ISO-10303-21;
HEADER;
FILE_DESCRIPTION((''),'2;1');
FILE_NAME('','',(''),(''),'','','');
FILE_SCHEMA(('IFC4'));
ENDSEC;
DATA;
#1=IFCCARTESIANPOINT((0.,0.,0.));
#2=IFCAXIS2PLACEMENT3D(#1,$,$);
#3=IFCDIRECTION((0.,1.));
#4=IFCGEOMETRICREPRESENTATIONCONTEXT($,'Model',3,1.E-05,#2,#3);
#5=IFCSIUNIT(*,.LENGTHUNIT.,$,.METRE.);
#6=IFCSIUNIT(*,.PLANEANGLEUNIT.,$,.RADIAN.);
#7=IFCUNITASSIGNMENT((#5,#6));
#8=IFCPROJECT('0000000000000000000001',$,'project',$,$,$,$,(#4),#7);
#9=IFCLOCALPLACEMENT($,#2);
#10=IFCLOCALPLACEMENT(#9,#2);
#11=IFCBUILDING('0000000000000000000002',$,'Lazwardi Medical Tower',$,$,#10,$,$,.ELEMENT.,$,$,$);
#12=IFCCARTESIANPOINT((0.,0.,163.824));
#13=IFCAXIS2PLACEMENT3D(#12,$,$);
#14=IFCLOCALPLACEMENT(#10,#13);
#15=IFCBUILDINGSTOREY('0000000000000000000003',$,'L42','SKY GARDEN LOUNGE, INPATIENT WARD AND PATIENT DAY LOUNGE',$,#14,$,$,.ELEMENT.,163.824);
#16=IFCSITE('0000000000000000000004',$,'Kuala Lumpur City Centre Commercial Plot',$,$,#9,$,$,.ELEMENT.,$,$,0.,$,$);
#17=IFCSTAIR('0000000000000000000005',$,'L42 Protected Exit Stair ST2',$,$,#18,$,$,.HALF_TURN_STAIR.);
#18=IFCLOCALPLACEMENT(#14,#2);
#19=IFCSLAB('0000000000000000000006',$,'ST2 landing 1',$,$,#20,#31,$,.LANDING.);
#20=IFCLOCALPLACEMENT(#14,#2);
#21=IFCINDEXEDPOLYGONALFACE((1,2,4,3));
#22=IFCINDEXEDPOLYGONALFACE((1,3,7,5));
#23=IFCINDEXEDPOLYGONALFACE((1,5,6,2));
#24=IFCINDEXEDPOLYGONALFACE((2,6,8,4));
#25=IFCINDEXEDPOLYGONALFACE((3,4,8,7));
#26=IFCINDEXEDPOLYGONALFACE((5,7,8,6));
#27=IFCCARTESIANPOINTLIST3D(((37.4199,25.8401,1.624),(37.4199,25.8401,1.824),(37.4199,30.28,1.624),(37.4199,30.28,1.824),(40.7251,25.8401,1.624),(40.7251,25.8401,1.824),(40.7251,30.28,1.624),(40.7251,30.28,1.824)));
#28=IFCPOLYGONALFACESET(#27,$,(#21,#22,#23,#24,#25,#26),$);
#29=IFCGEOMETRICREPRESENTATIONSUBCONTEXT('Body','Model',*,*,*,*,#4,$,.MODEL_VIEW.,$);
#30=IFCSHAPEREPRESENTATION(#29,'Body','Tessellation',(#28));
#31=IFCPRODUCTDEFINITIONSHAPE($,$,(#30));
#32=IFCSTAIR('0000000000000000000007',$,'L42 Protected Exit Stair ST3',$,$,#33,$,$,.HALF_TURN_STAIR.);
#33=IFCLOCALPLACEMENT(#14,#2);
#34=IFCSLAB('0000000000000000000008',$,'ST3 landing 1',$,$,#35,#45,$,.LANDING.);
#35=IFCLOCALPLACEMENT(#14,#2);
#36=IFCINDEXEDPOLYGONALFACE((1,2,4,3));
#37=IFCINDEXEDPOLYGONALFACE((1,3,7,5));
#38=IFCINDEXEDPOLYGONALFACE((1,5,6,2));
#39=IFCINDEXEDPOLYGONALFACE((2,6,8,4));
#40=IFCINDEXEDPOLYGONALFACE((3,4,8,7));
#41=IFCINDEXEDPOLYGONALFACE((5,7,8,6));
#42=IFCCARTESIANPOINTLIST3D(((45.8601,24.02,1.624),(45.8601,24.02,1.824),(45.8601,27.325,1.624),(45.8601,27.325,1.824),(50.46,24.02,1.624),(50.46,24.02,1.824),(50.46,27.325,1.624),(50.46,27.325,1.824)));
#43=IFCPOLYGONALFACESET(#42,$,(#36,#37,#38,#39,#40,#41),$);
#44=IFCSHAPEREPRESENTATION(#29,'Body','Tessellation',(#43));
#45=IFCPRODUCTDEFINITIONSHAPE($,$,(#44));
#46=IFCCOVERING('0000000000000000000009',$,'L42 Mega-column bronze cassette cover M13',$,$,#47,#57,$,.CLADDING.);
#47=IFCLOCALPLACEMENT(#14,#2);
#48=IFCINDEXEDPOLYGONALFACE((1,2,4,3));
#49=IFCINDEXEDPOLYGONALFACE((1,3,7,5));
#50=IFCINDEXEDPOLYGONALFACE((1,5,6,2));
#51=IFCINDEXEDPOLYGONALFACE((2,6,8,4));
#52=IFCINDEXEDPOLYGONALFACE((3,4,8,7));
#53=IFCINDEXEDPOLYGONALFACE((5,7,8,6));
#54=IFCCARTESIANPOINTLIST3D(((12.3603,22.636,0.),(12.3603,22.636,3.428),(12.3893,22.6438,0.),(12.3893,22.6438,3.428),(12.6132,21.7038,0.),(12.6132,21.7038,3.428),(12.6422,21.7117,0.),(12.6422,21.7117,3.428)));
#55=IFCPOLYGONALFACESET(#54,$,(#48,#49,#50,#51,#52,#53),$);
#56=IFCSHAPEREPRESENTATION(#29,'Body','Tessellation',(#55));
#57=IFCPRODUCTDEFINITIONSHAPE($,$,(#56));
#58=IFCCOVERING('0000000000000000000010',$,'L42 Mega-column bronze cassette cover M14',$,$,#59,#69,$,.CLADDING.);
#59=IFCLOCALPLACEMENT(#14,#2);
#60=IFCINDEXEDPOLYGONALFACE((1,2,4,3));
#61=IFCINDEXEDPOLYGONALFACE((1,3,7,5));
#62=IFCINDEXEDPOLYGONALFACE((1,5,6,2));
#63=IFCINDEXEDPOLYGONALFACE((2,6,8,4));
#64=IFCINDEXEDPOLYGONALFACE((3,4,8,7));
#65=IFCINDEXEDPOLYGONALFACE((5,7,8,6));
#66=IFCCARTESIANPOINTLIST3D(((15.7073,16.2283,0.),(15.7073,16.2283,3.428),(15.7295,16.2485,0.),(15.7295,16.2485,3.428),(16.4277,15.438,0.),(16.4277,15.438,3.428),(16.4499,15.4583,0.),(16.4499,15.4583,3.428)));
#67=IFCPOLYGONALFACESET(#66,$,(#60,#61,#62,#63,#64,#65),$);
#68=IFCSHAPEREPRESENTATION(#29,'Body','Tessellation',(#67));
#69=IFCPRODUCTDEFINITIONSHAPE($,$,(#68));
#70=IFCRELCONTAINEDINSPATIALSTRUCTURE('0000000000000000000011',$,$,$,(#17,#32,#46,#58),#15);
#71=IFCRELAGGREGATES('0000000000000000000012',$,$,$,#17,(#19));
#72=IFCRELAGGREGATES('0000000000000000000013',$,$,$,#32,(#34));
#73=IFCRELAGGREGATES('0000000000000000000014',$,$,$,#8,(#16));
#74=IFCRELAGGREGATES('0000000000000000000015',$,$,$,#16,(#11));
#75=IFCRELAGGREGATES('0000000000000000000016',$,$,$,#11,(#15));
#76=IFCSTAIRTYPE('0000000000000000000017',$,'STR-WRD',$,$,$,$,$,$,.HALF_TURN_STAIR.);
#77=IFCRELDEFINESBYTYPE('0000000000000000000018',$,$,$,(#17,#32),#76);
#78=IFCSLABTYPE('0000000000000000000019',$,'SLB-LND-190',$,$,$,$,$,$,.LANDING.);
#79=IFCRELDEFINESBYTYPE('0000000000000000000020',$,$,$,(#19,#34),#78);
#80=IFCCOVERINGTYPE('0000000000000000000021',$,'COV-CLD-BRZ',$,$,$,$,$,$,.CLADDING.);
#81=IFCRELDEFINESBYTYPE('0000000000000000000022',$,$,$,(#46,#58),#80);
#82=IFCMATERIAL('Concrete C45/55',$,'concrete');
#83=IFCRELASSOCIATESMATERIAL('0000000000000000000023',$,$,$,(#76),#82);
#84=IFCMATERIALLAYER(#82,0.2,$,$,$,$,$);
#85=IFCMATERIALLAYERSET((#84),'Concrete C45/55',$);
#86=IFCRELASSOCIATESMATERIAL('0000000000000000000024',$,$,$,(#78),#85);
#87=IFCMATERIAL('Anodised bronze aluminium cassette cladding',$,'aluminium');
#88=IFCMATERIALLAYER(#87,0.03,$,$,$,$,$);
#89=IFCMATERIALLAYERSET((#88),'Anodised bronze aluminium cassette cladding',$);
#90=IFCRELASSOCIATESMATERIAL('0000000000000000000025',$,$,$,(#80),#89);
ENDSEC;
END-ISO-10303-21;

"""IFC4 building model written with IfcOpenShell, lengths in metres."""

from ifc_helpers import new_model, si_unit, direction, frame, origin, origin_2d, place, context, subcontext, project, spatial, polyline, rectangle, outline, extrude, material, layer, layer_set, type_object, element, aggregate, save


model = new_model("IFC4")

# Units and contexts
model_context = context("Model", 3, precision=1e-05, world=origin(), true_north=direction((0.0, 1.0)))
body_context = subcontext(model_context, "Body", "Model", "MODEL_VIEW")
ifc_project = project(units=[si_unit("LENGTHUNIT", "METRE"), si_unit("PLANEANGLEUNIT", "RADIAN")], contexts=[model_context])

# Site, building, storey
site_placement = place(None, origin())
site = spatial("IfcSite", under=ifc_project, at=site_placement, Name="Kuala Lumpur City Centre Commercial Plot", CompositionType="ELEMENT", RefElevation=0.0)
building_placement = place(site_placement, origin())
building = spatial("IfcBuilding", under=site, at=building_placement, Name="Lazwardi Medical Tower", CompositionType="ELEMENT")
storey_placement = place(building_placement, frame((0.0, 0.0, 163.824)))
storey = spatial("IfcBuildingStorey", under=building, at=storey_placement, Name="L42", Description="SKY GARDEN LOUNGE, INPATIENT WARD AND PATIENT DAY LOUNGE", CompositionType="ELEMENT", Elevation=163.824)

# Stairs, slabs
ifc_material_1 = material(Name="Concrete C45/55", Category="concrete")
stair_type = type_object("IfcStairType", Name="STR-WRD", PredefinedType="HALF_TURN_STAIR", material=ifc_material_1)
stair_1_placement = place(storey_placement, origin())
stair_1 = element("IfcStair", 1, at=stair_1_placement, inside=storey, type_object=stair_type, Name="L42 Protected Exit Stair ST2", PredefinedType="HALF_TURN_STAIR")
ifc_layer_1 = layer(ifc_material_1, 0.2)
ifc_layer_set_1 = layer_set([ifc_layer_1], Name="Concrete C45/55")
slab_type = type_object("IfcSlabType", Name="SLB-LND-190", PredefinedType="LANDING", material=ifc_layer_set_1)
slab_1_placement = place(storey_placement, frame((0.0, 0.0, 1.624)))
slab_1 = element("IfcSlab", 2, at=slab_1_placement, type_object=slab_type, Name="ST2 landing 1", PredefinedType="LANDING", context=body_context, shape_type="SweptSolid", body=[
    extrude(outline(polyline([(40.7251, 30.28), (37.4199, 30.28), (37.4199, 25.8401), (40.7251, 25.8401), (40.7251, 30.28)])), origin(), (0.0, 0.0, 1.0), 0.2),
])
aggregate(stair_1, [slab_1])
stair_2_placement = place(storey_placement, origin())
stair_2 = element("IfcStair", 3, at=stair_2_placement, inside=storey, type_object=stair_type, Name="L42 Protected Exit Stair ST3", PredefinedType="HALF_TURN_STAIR")
slab_2_placement = place(storey_placement, frame((0.0, 0.0, 1.624)))
slab_2 = element("IfcSlab", 4, at=slab_2_placement, type_object=slab_type, Name="ST3 landing 1", PredefinedType="LANDING", context=body_context, shape_type="SweptSolid", body=[
    extrude(outline(polyline([(45.8601, 27.325), (45.8601, 24.02), (50.46, 24.02), (50.46, 27.325), (45.8601, 27.325)])), origin(), (0.0, 0.0, 1.0), 0.2),
])
aggregate(stair_2, [slab_2])

# Coverings
ifc_material_2 = material(Name="Anodised bronze aluminium cassette cladding", Category="aluminium")
ifc_layer_2 = layer(ifc_material_2, 0.03)
ifc_layer_set_2 = layer_set([ifc_layer_2], Name="Anodised bronze aluminium cassette cladding")
covering_type = type_object("IfcCoveringType", Name="COV-CLD-BRZ", PredefinedType="CLADDING", material=ifc_layer_set_2)
covering_1_placement = place(storey_placement, frame((12.5012, 22.1738, 0.0), z_axis=(0.0, 0.0, 1.0), x_axis=(0.261829, -0.965114, 0.0)))
element("IfcCovering", 5, at=covering_1_placement, inside=storey, type_object=covering_type, Name="L42 Mega-column bronze cassette cover M13", PredefinedType="CLADDING", context=body_context, shape_type="SweptSolid", body=[
    extrude(rectangle(XDim=0.9658, YDim=0.03, at=origin_2d()), origin(), (0.0, 0.0, 1.0), 3.428),
])
covering_2_placement = place(storey_placement, frame((16.0786, 15.8433, 0.0), z_axis=(0.0, 0.0, 1.0), x_axis=(0.673714, -0.738992, 0.0)))
element("IfcCovering", 6, at=covering_2_placement, inside=storey, type_object=covering_type, Name="L42 Mega-column bronze cassette cover M14", PredefinedType="CLADDING", context=body_context, shape_type="SweptSolid", body=[
    extrude(rectangle(XDim=1.0693, YDim=0.03, at=origin_2d()), origin(), (0.0, 0.0, 1.0), 3.428),
])

save(model, "model.ifc")
